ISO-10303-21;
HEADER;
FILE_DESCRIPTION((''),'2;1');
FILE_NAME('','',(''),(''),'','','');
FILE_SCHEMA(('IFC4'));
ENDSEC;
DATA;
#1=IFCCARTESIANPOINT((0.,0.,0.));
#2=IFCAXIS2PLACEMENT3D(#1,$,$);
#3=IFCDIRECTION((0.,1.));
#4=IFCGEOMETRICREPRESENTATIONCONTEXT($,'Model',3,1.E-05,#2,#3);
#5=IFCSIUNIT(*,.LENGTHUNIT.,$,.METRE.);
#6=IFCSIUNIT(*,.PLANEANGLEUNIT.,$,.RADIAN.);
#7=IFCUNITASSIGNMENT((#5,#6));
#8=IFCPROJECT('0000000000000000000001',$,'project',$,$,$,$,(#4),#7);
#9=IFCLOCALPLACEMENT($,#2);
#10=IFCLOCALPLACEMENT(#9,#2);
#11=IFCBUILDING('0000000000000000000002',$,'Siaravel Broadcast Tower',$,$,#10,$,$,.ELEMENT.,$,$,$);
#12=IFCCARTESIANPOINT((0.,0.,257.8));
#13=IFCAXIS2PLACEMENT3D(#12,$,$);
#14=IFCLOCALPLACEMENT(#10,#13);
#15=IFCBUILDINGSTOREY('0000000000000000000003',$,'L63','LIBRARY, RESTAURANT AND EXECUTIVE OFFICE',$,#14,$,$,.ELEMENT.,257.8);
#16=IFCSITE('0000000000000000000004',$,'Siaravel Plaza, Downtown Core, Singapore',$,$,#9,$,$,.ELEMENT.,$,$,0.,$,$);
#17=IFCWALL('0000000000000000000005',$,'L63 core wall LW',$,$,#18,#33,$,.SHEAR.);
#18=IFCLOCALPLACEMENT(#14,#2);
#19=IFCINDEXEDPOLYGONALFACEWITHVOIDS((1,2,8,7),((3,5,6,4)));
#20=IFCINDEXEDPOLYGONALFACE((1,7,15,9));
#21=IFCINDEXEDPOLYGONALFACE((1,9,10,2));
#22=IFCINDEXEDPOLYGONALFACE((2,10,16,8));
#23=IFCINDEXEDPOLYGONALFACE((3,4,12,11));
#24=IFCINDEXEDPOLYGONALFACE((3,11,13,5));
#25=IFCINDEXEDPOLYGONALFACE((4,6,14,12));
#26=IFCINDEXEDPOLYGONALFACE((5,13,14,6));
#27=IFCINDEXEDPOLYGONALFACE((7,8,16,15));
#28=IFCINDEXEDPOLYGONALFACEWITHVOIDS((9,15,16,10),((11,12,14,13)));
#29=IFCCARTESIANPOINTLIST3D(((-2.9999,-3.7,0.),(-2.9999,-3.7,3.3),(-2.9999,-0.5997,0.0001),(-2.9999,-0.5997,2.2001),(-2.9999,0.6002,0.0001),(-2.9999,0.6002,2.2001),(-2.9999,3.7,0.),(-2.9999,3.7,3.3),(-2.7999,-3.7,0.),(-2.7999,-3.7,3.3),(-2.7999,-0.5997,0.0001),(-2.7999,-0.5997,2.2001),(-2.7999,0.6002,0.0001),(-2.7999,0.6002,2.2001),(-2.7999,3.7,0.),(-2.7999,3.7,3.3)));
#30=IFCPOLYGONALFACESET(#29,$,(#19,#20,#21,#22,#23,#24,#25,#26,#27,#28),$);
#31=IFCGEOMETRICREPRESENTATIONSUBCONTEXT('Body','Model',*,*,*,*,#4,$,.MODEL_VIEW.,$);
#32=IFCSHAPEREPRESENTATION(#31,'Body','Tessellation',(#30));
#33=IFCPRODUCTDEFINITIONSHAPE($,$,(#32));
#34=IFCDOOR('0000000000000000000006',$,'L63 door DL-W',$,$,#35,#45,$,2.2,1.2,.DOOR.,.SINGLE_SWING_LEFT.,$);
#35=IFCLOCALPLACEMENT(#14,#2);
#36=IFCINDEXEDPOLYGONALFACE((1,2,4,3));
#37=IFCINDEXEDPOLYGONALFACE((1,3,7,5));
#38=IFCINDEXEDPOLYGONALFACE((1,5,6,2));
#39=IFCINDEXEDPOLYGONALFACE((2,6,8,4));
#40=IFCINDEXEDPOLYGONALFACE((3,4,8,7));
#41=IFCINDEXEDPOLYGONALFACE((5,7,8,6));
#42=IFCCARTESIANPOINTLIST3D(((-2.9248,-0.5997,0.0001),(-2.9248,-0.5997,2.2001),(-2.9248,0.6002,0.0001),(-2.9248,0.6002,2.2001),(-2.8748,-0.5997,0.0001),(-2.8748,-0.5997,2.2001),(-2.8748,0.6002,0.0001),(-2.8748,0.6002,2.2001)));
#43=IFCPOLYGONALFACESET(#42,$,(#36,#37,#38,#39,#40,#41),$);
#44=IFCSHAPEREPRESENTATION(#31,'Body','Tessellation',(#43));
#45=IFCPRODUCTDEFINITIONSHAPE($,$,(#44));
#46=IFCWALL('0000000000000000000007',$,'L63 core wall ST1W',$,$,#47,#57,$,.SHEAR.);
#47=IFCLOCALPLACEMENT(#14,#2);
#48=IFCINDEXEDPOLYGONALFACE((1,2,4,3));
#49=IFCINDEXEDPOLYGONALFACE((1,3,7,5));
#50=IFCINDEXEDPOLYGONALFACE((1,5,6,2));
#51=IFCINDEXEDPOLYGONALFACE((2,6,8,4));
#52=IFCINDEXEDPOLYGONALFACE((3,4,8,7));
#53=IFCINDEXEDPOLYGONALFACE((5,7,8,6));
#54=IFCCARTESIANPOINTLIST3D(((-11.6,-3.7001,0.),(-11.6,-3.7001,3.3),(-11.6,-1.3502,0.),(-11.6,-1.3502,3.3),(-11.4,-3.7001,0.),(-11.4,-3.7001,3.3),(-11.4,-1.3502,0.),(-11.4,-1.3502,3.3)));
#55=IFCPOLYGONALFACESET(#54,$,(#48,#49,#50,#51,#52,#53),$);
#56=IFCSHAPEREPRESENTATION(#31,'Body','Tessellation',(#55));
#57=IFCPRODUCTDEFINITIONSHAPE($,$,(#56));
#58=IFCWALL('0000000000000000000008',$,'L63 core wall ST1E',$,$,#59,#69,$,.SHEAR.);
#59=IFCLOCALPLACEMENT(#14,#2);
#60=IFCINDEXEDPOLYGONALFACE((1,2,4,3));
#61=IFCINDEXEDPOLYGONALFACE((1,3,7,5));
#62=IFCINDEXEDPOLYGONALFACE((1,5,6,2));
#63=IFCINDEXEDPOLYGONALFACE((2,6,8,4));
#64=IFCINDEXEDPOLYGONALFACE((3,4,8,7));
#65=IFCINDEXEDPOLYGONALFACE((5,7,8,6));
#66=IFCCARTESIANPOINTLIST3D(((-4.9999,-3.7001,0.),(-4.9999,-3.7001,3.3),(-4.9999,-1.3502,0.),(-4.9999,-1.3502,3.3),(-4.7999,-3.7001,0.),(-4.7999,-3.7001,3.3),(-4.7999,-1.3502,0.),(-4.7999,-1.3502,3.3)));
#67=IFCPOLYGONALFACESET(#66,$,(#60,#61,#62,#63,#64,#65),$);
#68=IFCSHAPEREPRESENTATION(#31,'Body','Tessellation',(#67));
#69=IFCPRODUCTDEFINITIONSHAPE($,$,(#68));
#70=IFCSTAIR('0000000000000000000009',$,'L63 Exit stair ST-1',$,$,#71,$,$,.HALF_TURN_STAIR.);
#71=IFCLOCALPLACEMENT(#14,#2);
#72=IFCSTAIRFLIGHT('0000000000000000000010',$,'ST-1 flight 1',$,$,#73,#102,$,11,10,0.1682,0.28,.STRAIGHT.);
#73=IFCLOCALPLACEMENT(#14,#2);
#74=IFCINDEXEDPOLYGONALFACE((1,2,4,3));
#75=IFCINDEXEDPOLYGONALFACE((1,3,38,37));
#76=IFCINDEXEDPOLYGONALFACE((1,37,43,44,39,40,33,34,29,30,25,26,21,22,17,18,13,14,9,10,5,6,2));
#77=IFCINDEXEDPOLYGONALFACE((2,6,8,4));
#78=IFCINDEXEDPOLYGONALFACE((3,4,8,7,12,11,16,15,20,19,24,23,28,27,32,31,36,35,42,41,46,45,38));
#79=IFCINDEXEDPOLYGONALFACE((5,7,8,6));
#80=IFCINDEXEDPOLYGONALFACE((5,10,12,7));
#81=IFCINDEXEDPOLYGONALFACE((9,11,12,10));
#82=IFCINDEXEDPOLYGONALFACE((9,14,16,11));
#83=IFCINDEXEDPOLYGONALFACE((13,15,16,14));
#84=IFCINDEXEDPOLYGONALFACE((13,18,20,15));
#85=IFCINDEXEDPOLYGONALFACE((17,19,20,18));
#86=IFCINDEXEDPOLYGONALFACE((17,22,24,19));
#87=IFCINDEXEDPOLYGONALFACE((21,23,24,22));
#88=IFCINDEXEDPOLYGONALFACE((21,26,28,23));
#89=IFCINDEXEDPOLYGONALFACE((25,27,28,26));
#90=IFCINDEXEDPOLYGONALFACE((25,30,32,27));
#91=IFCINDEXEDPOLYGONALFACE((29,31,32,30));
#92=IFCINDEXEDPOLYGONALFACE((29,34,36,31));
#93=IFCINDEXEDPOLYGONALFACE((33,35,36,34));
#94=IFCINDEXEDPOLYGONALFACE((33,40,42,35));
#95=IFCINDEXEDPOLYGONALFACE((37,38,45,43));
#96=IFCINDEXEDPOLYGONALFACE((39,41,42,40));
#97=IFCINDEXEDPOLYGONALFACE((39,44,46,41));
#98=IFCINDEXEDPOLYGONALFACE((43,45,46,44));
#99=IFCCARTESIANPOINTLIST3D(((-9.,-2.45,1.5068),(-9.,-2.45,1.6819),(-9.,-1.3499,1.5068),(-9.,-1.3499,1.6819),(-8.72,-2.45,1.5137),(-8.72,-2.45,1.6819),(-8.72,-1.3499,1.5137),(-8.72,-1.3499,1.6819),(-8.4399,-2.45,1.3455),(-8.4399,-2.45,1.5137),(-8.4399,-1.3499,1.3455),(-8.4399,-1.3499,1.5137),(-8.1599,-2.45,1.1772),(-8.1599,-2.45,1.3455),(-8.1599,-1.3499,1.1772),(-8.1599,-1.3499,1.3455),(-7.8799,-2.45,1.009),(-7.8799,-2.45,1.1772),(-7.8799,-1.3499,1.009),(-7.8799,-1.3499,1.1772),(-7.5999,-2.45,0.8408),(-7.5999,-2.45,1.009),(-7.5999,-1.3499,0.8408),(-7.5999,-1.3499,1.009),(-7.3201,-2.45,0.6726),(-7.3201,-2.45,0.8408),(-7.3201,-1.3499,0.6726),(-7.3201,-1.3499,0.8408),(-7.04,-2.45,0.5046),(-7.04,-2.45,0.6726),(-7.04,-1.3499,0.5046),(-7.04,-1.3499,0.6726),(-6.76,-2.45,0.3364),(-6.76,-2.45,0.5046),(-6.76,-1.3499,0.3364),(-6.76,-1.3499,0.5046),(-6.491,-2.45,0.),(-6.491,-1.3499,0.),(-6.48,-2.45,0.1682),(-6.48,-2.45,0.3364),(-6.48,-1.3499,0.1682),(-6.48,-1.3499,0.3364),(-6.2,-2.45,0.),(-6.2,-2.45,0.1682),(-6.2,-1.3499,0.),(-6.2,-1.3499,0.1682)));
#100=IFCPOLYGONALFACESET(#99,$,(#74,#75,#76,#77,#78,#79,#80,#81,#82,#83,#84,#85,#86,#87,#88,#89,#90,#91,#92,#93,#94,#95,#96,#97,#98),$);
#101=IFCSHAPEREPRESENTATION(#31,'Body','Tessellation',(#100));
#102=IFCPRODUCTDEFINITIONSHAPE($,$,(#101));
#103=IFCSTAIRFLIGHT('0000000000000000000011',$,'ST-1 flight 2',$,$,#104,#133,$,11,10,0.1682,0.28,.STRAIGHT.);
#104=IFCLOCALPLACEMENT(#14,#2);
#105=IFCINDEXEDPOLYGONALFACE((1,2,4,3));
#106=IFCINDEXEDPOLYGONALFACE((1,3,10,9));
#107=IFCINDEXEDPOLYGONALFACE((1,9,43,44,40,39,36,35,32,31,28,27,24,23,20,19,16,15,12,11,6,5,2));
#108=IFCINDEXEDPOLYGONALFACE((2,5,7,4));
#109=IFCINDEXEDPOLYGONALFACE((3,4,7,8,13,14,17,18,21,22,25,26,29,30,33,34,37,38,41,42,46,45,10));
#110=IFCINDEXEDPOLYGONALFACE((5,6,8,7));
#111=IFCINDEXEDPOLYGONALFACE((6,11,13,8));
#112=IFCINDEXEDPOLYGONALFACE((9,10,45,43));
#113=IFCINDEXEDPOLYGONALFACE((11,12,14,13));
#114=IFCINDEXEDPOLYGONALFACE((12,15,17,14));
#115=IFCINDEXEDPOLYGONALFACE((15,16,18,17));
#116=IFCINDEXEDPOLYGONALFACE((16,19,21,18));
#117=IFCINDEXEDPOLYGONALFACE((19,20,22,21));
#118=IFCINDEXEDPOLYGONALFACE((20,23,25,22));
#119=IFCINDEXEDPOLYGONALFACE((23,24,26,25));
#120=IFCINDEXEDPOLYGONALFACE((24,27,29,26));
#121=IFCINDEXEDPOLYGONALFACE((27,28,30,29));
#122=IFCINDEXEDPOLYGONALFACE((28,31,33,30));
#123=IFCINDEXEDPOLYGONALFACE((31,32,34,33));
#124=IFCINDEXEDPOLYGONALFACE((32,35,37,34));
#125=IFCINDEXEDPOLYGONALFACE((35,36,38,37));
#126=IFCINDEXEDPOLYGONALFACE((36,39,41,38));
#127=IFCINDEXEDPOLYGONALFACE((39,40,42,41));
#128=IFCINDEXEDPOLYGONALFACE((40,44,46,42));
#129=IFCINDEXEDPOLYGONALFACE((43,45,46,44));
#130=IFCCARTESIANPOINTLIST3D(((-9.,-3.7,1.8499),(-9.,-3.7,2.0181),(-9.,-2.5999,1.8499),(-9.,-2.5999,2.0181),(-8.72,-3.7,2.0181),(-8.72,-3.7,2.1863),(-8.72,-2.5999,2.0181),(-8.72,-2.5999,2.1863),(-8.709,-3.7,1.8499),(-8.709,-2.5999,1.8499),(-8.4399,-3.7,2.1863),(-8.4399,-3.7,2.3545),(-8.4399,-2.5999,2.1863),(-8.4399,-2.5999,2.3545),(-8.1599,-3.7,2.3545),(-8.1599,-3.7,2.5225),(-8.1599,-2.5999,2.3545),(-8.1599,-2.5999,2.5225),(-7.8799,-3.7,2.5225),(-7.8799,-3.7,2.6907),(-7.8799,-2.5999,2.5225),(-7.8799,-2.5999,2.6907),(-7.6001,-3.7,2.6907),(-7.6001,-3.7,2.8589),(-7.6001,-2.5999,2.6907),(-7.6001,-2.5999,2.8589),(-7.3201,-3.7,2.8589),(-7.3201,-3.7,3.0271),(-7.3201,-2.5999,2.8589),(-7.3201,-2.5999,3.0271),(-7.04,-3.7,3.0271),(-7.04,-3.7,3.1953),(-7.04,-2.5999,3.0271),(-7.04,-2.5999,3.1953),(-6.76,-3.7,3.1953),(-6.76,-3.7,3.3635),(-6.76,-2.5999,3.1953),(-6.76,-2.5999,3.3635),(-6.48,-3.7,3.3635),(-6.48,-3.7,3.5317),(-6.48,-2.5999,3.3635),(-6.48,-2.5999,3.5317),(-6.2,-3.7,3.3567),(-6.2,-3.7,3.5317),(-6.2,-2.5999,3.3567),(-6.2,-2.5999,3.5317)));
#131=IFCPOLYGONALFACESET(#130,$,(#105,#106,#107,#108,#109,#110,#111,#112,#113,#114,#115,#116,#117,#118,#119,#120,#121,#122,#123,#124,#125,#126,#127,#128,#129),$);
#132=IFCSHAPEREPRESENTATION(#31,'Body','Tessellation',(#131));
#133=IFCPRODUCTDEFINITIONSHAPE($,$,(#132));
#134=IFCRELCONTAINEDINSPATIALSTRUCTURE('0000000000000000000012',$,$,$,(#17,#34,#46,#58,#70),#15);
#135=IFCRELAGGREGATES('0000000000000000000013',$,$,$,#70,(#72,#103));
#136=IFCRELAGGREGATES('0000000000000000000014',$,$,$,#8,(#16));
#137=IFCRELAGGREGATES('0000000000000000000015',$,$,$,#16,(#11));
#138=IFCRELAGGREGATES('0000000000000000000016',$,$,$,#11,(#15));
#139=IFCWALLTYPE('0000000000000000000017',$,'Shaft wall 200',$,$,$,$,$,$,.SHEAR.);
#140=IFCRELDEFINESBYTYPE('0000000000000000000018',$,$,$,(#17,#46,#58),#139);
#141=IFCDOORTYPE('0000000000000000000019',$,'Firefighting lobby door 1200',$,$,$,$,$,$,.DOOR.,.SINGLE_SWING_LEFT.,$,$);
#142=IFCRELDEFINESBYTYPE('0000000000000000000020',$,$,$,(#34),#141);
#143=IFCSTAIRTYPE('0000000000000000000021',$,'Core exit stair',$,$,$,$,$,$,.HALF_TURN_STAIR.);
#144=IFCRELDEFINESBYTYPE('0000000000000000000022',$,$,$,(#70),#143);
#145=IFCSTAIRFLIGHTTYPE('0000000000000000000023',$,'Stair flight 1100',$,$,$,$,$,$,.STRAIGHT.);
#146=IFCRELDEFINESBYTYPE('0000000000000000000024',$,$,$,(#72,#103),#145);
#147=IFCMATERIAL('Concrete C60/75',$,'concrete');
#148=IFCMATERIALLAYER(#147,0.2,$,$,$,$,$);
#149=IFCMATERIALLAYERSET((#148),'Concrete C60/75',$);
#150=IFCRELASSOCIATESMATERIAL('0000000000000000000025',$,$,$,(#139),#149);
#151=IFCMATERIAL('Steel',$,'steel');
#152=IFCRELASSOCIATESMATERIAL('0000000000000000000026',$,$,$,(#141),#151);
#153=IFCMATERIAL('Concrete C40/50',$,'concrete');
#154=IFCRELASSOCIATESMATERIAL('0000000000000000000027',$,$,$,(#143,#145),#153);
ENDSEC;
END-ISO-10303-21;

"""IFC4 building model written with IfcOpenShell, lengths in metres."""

from ifc_helpers import new_model, si_unit, direction, frame, frame_2d, origin, place, context, subcontext, project, spatial, polyline, rectangle, outline, extrude, material, layer, layer_set, type_object, element, fill, aggregate, save


model = new_model("IFC4")

# Units and contexts
model_context = context("Model", 3, precision=1e-05, world=origin(), true_north=direction((0.0, 1.0)))
body_context = subcontext(model_context, "Body", "Model", "MODEL_VIEW")
ifc_project = project(units=[si_unit("LENGTHUNIT", "METRE"), si_unit("PLANEANGLEUNIT", "RADIAN")], contexts=[model_context])

# Site, building, storey
site_placement = place(None, origin())
site = spatial("IfcSite", under=ifc_project, at=site_placement, Name="Siaravel Plaza, Downtown Core, Singapore", CompositionType="ELEMENT", RefElevation=0.0)
building_placement = place(site_placement, origin())
building = spatial("IfcBuilding", under=site, at=building_placement, Name="Siaravel Broadcast Tower", CompositionType="ELEMENT")
storey_placement = place(building_placement, frame((0.0, 0.0, 257.8)))
storey = spatial("IfcBuildingStorey", under=building, at=storey_placement, Name="L63", Description="LIBRARY, RESTAURANT AND EXECUTIVE OFFICE", CompositionType="ELEMENT", Elevation=257.8)

# Shared definitions
ifc_material_1 = material(Name="Concrete C60/75", Category="concrete")
ifc_material_2 = material(Name="Steel", Category="steel")

# Shared definitions
ifc_layer_1 = layer(ifc_material_1, 0.2)
ifc_layer_set_1 = layer_set([ifc_layer_1], Name="Concrete C60/75")
wall_type_1 = type_object("IfcWallType", Name="Shaft wall 200", PredefinedType="SHEAR", material=ifc_layer_set_1)

# Wall, opening, door
wall_1_placement = place(storey_placement, frame((-2.8999, -3.7, 0.0), z_axis=(0.0, 0.0, 1.0), x_axis=(0.0, 1.0, 0.0)))
wall_1 = element("IfcWall", 1, at=wall_1_placement, inside=storey, type_object=wall_type_1, Name="L63 core wall LW", PredefinedType="SHEAR", context=body_context, shape_type="SweptSolid", body=[
    extrude(rectangle(XDim=7.3999, YDim=0.2, at=frame_2d((3.7, 0.0))), origin(), (0.0, 0.0, 1.0), 3.3),
])
opening_1_placement = place(wall_1_placement, frame((3.1001, 0.0, 0.0)))
opening_1 = element("IfcOpeningElement", 2, at=opening_1_placement, cuts=wall_1, PredefinedType="OPENING", context=body_context, shape_type="SweptSolid", body=[
    extrude(rectangle(XDim=1.2, YDim=2.2, at=frame_2d((0.6001, 1.1001))), frame((0.0, 0.1099, 0.0), z_axis=(0.0, -1.0, 0.0), x_axis=(1.0, 0.0, 0.0)), (0.0, 0.0, 1.0), 0.22),
])
door_type_1 = type_object("IfcDoorType", Name="Firefighting lobby door 1200", OperationType="SINGLE_SWING_LEFT", PredefinedType="DOOR", material=ifc_material_2)
door_1_placement = place(opening_1_placement, origin())
door_1 = element("IfcDoor", 3, at=door_1_placement, inside=storey, type_object=door_type_1, Name="L63 door DL-W", OperationType="SINGLE_SWING_LEFT", OverallHeight=2.2, OverallWidth=1.2, PredefinedType="DOOR", context=body_context, shape_type="SweptSolid", body=[
    extrude(rectangle(XDim=1.2, YDim=2.2, at=frame_2d((0.6001, 1.1001))), frame((0.0, 0.0249, 0.0), z_axis=(0.0, -1.0, 0.0), x_axis=(1.0, 0.0, 0.0)), (0.0, 0.0, 1.0), 0.05),
])
fill(opening_1, door_1)

# Walls
for number, where, z_axis, x_axis, name in (
    (4, (-11.5, -3.7, 0.0), (0.0, 0.0, 1.0), (0.0, 1.0, 0.0), "L63 core wall ST1W"),
    (5, (-4.8999, -3.7, 0.0), (0.0, 0.0, 1.0), (0.0, 1.0, 0.0), "L63 core wall ST1E"),
):
    element("IfcWall", number, at=place(storey_placement, frame(where, z_axis=z_axis, x_axis=x_axis)), inside=storey, type_object=wall_type_1, Name=name, PredefinedType="SHEAR", context=body_context, shape_type="SweptSolid", body=[
        extrude(rectangle(XDim=2.3499, YDim=0.2, at=frame_2d((1.1748, 0.0))), origin(), (0.0, 0.0, 1.0), 3.3),
    ])

# Stair, stair flights
ifc_material_3 = material(Name="Concrete C40/50", Category="concrete")
stair_type = type_object("IfcStairType", Name="Core exit stair", PredefinedType="HALF_TURN_STAIR", material=ifc_material_3)
stair_placement = place(storey_placement, origin())
stair = element("IfcStair", 6, at=stair_placement, inside=storey, type_object=stair_type, Name="L63 Exit stair ST-1", PredefinedType="HALF_TURN_STAIR")
stair_flight_type = type_object("IfcStairFlightType", Name="Stair flight 1100", PredefinedType="STRAIGHT", material=ifc_material_3)
stair_flight_1_placement = place(storey_placement, frame((-6.2, -1.8999, 0.0), z_axis=(0.0, 0.0, 1.0), x_axis=(-1.0, 0.0, 0.0)))
stair_flight_1 = element("IfcStairFlight", 7, at=stair_flight_1_placement, type_object=stair_flight_type, Name="ST-1 flight 1", NumberOfRisers=11, NumberOfTreads=10, PredefinedType="STRAIGHT", RiserHeight=0.1682, TreadLength=0.28, context=body_context, shape_type="SweptSolid", body=[
    extrude(outline(polyline([(0.0, 0.0), (0.0, 0.1682), (0.28, 0.1682), (0.28, 0.3364), (0.5601, 0.3364), (0.5601, 0.5046), (0.8401, 0.5046), (0.8401, 0.6726), (1.1201, 0.6726), (1.1201, 0.8408), (1.3999, 0.8408), (1.3999, 1.009), (1.6799, 1.009), (1.6799, 1.1772), (1.96, 1.1772), (1.96, 1.3455), (2.24, 1.3455), (2.24, 1.5137), (2.52, 1.5137), (2.52, 1.6819), (2.8, 1.6819), (2.8, 1.8501), (2.8, 1.5068), (0.291, 0.0), (0.0, 0.0)])), frame((0.0, 0.55, 0.0), z_axis=(0.0, -1.0, 0.0), x_axis=(1.0, 0.0, 0.0)), (0.0, 0.0, 1.0), 1.1001),
])
stair_flight_2_placement = place(storey_placement, frame((-9.0, -3.1499, 1.8499), z_axis=(0.0, 0.0, 1.0), x_axis=(1.0, 0.0, 0.0)))
stair_flight_2 = element("IfcStairFlight", 8, at=stair_flight_2_placement, type_object=stair_flight_type, Name="ST-1 flight 2", NumberOfRisers=11, NumberOfTreads=10, PredefinedType="STRAIGHT", RiserHeight=0.1682, TreadLength=0.28, context=body_context, shape_type="SweptSolid", body=[
    extrude(outline(polyline([(0.0, 0.0), (0.0, 0.1682), (0.28, 0.1682), (0.28, 0.3364), (0.5601, 0.3364), (0.5601, 0.5046), (0.8401, 0.5046), (0.8401, 0.6726), (1.1201, 0.6726), (1.1201, 0.8408), (1.3999, 0.8408), (1.3999, 1.009), (1.6799, 1.009), (1.6799, 1.1772), (1.96, 1.1772), (1.96, 1.3455), (2.24, 1.3455), (2.24, 1.5137), (2.52, 1.5137), (2.52, 1.6819), (2.8, 1.6819), (2.8, 1.8501), (2.8, 1.5068), (0.291, 0.0), (0.0, 0.0)])), frame((0.0, 0.55, 0.0), z_axis=(0.0, -1.0, 0.0), x_axis=(1.0, 0.0, 0.0)), (0.0, 0.0, 1.0), 1.1001),
])
aggregate(stair, [stair_flight_1, stair_flight_2])

save(model, "model.ifc")
